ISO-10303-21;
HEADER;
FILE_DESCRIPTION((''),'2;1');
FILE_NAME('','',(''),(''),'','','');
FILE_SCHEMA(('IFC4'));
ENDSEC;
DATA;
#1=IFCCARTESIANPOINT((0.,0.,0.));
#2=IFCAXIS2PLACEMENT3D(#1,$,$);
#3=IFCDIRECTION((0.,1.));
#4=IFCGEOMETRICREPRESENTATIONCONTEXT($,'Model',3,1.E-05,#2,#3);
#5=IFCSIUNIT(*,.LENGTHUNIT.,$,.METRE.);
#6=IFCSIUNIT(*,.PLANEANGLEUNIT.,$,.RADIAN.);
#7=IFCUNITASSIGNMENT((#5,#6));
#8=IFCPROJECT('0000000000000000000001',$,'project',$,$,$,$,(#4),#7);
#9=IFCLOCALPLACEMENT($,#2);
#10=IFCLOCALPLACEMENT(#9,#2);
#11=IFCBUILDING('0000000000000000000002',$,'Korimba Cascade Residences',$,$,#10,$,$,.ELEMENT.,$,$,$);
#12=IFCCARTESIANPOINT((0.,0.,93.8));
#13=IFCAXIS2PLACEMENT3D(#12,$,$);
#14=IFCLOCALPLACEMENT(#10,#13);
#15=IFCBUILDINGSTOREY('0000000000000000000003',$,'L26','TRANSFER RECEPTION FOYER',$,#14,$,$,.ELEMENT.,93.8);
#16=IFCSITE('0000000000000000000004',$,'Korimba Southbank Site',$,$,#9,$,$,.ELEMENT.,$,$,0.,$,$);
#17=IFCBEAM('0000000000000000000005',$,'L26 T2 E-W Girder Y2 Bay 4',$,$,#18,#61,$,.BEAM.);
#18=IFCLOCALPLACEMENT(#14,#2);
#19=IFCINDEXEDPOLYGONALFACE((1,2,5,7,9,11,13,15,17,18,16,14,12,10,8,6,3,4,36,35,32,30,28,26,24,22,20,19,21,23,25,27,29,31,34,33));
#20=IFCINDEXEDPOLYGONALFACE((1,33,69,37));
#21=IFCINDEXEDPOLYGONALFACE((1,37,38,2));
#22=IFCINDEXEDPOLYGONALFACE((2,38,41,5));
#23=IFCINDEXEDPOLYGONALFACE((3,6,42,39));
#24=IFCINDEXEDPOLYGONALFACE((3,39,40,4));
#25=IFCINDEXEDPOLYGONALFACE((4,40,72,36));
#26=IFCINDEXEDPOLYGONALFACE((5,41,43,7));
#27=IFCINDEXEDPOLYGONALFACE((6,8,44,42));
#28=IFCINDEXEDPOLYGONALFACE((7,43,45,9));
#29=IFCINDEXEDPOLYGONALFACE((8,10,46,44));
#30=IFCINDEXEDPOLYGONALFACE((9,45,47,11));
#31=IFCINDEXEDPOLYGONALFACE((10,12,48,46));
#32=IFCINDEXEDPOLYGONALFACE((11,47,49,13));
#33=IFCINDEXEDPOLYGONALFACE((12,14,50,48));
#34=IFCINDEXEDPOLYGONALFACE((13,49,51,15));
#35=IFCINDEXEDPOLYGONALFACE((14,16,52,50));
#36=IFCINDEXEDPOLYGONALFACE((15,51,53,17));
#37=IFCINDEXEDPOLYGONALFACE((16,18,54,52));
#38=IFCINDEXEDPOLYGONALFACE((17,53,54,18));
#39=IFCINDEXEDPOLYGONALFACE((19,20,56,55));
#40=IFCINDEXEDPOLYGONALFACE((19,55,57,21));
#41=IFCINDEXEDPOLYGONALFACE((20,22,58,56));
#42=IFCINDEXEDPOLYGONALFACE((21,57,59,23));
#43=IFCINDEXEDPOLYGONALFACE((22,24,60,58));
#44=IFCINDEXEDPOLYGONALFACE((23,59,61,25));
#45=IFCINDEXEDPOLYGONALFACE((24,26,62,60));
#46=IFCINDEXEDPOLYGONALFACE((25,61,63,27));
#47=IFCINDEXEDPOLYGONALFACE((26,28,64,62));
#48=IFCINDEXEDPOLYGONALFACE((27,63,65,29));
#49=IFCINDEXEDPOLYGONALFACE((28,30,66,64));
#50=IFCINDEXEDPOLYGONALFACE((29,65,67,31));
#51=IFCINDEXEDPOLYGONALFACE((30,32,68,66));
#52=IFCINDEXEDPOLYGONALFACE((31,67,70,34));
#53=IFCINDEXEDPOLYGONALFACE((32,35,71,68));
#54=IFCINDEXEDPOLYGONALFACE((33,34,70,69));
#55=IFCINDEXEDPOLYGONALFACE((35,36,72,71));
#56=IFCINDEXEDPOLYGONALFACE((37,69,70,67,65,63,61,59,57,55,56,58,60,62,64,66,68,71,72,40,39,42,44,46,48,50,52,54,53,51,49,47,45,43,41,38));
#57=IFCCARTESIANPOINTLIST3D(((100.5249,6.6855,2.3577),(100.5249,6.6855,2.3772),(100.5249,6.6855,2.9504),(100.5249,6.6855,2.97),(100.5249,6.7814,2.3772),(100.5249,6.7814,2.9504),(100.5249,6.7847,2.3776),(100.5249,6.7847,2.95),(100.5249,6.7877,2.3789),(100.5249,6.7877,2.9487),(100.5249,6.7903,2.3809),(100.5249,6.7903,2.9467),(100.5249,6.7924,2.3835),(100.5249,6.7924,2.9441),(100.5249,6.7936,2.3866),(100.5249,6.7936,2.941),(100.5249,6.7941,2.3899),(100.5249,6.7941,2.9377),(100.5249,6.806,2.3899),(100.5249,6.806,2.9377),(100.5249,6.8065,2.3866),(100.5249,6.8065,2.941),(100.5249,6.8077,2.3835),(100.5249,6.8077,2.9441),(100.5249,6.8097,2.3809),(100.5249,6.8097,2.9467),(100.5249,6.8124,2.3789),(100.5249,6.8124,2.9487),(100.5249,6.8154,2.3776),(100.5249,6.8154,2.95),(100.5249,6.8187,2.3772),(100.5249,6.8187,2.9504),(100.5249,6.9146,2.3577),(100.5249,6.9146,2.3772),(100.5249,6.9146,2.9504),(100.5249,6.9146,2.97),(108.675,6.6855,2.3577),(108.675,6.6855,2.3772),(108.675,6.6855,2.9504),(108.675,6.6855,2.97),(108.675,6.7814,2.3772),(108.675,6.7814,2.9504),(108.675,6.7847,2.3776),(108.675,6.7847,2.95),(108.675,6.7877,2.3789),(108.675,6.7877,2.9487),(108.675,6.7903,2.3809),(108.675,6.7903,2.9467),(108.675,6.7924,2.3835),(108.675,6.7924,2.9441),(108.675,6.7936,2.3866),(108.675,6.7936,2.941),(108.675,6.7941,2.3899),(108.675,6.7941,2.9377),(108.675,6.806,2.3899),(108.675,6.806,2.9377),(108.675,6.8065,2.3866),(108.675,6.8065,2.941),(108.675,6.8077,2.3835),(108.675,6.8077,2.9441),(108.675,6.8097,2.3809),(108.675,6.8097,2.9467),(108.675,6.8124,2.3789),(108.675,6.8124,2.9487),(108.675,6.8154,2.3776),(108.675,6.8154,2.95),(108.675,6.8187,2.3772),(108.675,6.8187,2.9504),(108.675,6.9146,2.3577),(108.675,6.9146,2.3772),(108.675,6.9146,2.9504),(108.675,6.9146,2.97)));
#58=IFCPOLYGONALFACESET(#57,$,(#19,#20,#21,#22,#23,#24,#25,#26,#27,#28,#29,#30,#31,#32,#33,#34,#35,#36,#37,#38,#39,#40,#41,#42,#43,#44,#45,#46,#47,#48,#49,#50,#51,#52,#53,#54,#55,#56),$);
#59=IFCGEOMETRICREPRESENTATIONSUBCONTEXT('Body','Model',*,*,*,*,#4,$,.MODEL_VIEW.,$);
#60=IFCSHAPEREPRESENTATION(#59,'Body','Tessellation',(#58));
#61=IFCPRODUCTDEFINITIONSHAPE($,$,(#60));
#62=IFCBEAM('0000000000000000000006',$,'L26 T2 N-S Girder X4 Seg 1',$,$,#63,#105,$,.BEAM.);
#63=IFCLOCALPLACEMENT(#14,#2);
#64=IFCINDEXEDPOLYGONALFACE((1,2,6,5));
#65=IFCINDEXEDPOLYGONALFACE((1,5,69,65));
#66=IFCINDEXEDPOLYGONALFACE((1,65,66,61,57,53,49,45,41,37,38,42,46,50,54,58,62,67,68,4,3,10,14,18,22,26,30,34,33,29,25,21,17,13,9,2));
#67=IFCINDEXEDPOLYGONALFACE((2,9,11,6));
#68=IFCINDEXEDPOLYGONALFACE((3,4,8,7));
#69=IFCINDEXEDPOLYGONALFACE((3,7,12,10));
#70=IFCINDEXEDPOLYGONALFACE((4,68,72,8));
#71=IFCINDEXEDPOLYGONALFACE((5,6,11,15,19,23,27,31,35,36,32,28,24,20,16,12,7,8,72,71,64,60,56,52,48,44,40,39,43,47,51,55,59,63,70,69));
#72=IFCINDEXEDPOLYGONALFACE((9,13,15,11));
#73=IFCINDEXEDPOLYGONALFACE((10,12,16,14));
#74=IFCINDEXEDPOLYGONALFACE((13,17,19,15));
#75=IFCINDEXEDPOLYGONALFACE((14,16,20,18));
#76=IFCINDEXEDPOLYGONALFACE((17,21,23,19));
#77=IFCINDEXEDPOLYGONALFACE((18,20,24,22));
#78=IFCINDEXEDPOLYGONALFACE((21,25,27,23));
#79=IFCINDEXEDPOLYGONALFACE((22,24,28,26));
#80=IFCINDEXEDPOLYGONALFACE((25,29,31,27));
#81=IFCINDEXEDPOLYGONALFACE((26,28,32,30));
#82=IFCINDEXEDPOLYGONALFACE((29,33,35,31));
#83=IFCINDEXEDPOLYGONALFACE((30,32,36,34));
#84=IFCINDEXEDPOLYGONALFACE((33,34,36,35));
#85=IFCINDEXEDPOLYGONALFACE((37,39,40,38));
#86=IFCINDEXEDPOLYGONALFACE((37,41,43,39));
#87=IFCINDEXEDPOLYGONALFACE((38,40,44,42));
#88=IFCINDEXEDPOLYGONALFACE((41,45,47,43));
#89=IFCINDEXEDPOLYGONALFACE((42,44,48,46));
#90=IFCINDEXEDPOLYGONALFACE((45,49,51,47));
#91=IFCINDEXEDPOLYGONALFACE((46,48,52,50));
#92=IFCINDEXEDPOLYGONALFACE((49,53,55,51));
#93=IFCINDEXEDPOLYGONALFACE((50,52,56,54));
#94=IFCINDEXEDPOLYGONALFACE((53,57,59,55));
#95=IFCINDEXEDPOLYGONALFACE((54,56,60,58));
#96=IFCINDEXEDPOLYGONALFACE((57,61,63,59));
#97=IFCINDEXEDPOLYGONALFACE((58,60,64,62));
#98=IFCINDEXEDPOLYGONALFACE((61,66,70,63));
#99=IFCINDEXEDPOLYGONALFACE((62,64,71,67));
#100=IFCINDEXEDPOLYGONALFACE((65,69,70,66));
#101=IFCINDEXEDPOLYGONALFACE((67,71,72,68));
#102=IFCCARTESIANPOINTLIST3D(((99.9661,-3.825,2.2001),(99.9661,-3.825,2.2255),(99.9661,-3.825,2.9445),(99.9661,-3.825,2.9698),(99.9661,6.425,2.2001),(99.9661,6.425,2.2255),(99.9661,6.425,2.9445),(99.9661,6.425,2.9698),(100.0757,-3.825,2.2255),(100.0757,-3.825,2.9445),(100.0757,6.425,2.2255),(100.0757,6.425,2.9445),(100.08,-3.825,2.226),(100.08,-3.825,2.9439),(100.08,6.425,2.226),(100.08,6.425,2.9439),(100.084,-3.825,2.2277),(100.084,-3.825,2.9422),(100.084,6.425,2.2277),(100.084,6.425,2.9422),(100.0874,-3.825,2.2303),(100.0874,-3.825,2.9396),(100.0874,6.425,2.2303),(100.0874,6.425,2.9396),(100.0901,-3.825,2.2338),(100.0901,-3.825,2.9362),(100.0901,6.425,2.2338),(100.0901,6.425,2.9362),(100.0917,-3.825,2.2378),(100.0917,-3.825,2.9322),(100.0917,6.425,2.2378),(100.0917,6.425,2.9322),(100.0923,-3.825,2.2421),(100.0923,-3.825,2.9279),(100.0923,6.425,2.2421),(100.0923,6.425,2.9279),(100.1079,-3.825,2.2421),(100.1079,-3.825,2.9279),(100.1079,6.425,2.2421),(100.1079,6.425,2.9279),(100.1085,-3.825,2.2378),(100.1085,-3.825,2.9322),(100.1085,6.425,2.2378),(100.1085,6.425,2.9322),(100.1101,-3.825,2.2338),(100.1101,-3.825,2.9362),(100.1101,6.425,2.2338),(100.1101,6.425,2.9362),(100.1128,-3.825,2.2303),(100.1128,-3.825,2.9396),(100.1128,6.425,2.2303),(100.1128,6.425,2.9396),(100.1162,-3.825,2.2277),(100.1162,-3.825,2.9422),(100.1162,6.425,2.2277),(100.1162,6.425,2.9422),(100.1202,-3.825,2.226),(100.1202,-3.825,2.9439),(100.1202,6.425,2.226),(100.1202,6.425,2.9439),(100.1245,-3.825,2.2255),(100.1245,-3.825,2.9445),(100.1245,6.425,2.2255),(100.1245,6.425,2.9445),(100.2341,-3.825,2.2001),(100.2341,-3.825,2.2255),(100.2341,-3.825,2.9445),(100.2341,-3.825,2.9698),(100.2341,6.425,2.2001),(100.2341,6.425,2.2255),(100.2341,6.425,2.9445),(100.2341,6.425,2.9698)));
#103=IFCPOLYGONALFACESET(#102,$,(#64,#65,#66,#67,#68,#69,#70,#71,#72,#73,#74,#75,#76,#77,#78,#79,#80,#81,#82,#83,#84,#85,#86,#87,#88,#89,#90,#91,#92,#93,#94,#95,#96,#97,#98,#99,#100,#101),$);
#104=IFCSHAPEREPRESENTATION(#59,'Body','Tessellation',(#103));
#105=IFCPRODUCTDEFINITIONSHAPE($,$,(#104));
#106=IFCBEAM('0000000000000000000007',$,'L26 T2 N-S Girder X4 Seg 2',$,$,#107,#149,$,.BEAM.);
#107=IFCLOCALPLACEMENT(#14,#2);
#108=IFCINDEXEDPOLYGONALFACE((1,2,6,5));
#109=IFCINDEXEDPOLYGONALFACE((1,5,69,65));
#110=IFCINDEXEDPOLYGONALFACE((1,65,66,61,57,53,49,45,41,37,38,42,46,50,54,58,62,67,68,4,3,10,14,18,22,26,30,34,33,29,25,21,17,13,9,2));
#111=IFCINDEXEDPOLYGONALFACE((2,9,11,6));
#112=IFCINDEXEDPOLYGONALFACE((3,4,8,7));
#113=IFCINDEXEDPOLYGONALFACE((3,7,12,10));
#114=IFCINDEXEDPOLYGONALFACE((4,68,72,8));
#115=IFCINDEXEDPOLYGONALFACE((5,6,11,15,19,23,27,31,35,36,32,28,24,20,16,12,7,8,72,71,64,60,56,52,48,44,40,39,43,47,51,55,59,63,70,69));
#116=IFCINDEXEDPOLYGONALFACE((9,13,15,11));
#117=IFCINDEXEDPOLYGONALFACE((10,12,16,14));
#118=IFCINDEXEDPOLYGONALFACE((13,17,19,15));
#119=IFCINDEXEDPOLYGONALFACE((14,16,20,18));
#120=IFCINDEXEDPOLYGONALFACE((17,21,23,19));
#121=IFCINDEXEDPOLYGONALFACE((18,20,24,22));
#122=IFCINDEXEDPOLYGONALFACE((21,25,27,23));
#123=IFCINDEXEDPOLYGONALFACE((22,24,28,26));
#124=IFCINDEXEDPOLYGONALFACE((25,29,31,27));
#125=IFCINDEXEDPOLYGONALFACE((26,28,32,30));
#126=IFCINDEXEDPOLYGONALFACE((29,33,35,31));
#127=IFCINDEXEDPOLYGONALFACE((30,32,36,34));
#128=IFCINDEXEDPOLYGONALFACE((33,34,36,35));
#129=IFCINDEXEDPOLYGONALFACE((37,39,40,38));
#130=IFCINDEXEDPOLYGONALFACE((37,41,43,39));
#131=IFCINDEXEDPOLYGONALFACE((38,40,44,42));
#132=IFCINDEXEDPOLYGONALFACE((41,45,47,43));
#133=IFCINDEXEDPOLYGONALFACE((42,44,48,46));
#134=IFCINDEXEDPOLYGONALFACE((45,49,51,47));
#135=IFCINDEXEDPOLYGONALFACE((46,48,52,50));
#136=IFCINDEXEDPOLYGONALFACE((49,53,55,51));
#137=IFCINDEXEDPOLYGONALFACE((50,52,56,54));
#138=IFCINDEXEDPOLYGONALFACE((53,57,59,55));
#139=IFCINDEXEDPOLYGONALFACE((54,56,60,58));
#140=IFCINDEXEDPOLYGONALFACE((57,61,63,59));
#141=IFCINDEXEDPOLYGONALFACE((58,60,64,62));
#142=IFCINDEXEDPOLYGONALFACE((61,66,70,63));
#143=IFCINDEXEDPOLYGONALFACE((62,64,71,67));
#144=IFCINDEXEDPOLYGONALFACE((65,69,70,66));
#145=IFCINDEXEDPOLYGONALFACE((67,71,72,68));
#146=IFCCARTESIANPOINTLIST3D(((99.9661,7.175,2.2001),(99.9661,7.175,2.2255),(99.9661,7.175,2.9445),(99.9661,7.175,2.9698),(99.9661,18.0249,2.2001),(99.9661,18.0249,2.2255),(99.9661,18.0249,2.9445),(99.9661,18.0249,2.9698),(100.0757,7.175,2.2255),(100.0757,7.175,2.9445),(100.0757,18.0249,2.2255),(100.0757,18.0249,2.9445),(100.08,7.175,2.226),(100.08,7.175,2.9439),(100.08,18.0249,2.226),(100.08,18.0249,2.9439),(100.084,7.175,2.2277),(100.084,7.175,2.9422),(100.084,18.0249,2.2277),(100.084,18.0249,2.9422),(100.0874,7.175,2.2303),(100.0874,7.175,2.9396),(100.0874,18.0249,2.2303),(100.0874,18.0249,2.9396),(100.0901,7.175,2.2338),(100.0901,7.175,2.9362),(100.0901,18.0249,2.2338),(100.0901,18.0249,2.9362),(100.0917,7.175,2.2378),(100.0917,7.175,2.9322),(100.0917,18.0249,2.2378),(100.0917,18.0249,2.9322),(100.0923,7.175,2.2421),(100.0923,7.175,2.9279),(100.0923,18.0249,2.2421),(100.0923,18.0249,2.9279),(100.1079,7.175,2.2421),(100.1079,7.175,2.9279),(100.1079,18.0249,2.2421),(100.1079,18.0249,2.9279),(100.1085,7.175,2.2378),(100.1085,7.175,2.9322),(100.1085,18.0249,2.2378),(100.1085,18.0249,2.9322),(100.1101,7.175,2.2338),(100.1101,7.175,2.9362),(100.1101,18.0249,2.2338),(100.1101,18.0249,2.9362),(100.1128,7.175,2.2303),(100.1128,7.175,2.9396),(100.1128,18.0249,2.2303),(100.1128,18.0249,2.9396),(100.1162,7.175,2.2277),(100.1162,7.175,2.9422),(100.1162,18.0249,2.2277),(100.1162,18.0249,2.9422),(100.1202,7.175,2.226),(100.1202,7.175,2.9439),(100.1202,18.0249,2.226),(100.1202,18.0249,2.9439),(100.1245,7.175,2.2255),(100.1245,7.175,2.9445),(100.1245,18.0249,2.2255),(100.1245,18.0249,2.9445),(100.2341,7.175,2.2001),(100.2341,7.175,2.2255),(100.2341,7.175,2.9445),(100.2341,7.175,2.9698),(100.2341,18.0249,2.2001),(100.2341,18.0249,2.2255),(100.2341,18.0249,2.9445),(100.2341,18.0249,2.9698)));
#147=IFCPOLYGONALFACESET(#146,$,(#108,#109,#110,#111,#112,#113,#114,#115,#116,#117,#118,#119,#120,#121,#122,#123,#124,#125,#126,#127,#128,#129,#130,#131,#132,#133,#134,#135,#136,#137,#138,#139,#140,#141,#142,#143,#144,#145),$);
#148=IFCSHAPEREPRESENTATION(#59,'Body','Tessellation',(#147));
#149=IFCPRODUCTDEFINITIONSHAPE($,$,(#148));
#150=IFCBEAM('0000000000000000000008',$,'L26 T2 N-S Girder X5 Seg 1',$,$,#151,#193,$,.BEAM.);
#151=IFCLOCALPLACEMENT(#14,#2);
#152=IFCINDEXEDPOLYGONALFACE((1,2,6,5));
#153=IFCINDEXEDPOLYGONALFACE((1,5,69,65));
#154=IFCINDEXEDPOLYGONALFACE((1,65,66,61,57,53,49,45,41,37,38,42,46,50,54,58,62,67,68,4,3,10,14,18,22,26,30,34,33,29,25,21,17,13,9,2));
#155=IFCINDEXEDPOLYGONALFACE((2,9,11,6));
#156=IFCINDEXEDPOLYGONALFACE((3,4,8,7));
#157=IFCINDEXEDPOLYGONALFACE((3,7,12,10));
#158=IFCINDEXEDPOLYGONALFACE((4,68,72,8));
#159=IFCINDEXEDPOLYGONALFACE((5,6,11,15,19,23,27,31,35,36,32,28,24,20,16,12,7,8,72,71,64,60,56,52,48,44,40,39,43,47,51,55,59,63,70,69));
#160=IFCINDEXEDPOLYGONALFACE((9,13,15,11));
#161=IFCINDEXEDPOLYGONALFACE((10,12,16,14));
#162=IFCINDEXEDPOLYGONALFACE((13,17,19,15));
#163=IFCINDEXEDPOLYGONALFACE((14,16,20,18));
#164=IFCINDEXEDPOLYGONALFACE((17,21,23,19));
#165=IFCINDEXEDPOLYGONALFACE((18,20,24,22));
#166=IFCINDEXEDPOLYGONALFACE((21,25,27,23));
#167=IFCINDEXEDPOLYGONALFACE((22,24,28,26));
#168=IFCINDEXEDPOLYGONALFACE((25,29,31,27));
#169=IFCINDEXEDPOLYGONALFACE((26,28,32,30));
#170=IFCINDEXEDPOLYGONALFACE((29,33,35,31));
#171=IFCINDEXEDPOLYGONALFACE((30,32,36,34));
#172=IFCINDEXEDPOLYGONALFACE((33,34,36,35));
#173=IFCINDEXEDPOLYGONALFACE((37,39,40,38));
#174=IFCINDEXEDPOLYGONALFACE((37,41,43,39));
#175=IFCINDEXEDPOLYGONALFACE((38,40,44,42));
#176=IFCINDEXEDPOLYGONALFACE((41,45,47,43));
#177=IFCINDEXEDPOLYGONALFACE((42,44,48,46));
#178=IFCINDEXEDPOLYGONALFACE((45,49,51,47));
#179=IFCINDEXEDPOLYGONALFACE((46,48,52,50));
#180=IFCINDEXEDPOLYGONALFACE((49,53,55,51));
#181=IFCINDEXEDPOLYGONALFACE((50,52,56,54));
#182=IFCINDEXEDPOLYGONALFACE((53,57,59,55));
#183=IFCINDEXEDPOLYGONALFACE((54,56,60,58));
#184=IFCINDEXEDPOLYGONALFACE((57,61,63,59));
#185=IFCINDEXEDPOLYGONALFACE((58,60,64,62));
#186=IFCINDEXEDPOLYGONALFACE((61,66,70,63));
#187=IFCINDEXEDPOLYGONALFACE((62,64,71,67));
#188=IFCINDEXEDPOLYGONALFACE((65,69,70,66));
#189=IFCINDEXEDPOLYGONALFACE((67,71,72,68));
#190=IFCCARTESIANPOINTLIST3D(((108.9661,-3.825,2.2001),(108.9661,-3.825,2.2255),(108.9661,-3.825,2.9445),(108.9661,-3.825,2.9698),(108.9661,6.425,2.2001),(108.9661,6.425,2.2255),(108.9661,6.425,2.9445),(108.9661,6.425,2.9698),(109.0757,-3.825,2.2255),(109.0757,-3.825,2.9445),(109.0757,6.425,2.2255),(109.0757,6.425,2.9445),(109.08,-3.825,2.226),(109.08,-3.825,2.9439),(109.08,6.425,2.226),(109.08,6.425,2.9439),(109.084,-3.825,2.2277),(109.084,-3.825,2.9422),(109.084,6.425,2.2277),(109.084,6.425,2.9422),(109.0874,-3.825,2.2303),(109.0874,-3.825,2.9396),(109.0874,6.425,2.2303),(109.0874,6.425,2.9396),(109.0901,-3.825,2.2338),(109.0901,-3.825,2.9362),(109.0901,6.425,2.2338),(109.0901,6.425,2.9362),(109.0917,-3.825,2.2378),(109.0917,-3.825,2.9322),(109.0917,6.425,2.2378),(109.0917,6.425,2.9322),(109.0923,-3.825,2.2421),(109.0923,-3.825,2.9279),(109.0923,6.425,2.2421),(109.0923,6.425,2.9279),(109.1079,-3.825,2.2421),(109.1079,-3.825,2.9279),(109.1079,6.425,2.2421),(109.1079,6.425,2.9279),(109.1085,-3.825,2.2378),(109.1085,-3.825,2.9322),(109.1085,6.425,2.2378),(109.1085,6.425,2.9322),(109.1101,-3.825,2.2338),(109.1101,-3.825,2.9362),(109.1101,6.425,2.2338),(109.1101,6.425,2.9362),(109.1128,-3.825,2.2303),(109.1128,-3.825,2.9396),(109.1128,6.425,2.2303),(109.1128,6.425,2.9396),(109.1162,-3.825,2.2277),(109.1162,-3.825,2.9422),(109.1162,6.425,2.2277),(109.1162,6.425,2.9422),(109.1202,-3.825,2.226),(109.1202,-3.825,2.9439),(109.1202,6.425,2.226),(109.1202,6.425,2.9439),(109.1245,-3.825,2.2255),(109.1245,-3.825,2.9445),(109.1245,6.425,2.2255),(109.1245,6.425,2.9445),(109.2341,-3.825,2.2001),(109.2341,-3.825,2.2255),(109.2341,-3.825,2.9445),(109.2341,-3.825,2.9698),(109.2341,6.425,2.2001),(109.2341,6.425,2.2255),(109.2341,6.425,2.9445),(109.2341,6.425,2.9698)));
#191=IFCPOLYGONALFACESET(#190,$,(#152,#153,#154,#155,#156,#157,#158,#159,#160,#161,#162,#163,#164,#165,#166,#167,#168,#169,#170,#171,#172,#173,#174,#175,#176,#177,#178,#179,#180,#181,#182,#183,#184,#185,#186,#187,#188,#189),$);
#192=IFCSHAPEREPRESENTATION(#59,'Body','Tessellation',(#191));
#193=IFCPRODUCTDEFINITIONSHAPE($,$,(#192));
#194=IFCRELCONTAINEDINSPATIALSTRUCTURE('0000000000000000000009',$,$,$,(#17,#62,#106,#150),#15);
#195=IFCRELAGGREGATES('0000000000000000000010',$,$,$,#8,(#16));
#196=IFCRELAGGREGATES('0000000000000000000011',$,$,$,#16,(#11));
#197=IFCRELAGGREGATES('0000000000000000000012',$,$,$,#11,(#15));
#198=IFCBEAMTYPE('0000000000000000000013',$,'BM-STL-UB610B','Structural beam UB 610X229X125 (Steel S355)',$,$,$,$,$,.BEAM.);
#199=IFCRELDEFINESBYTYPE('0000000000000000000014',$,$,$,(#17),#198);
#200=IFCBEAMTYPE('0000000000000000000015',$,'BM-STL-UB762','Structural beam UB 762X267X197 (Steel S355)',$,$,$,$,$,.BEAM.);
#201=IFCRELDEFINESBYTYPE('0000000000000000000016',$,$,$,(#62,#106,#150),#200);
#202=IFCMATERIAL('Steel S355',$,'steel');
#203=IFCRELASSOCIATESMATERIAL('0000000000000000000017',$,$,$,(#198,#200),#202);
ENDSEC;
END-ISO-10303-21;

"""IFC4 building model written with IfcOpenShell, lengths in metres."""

from ifc_helpers import new_model, si_unit, direction, frame, origin, origin_2d, place, context, subcontext, project, spatial, i_section, extrude, material, material_profile, profile_set, type_object, element, save


model = new_model("IFC4")

# Units and contexts
model_context = context("Model", 3, precision=1e-05, world=origin(), true_north=direction((0.0, 1.0)))
body_context = subcontext(model_context, "Body", "Model", "MODEL_VIEW")
ifc_project = project(units=[si_unit("LENGTHUNIT", "METRE"), si_unit("PLANEANGLEUNIT", "RADIAN")], contexts=[model_context])

# Site, building, storey
site_placement = place(None, origin())
site = spatial("IfcSite", under=ifc_project, at=site_placement, Name="Korimba Southbank Site", CompositionType="ELEMENT", RefElevation=0.0)
building_placement = place(site_placement, origin())
building = spatial("IfcBuilding", under=site, at=building_placement, Name="Korimba Cascade Residences", CompositionType="ELEMENT")
storey_placement = place(building_placement, frame((0.0, 0.0, 93.8)))
storey = spatial("IfcBuildingStorey", under=building, at=storey_placement, Name="L26", Description="TRANSFER RECEPTION FOYER", CompositionType="ELEMENT", Elevation=93.8)

# Beams
ifc_material_1 = material(Name="Steel S355", Category="steel")
ifc_material_profile_1 = material_profile(ifc_material_1, i_section(OverallWidth=0.229, OverallDepth=0.6123, WebThickness=0.012, FlangeThickness=0.0195, FilletRadius=0.0127, at=origin_2d()), Name="Steel S355")
ifc_profile_set_1 = profile_set([ifc_material_profile_1], Name="Steel S355")
beam_type_1 = type_object("IfcBeamType", Name="BM-STL-UB610B", Description="Structural beam UB 610X229X125 (Steel S355)", PredefinedType="BEAM", material=ifc_profile_set_1)
beam_1_placement = place(storey_placement, frame((100.5249, 6.8, 2.6638), z_axis=(1.0, 0.0, 0.0), x_axis=(0.0, 1.0, 0.0)))
element("IfcBeam", 1, at=beam_1_placement, inside=storey, type_object=beam_type_1, Name="L26 T2 E-W Girder Y2 Bay 4", PredefinedType="BEAM", context=body_context, shape_type="SweptSolid", body=[
    extrude(i_section(OverallWidth=0.229, OverallDepth=0.6123, WebThickness=0.012, FlangeThickness=0.0195, FilletRadius=0.0127, at=origin_2d()), origin(), (0.0, 0.0, 1.0), 8.1501),
])
ifc_material_profile_2 = material_profile(ifc_material_1, i_section(OverallWidth=0.2681, OverallDepth=0.7698, WebThickness=0.0156, FlangeThickness=0.0254, FilletRadius=0.0166, at=origin_2d()), Name="Steel S355")
ifc_profile_set_2 = profile_set([ifc_material_profile_2], Name="Steel S355")
beam_type_2 = type_object("IfcBeamType", Name="BM-STL-UB762", Description="Structural beam UB 762X267X197 (Steel S355)", PredefinedType="BEAM", material=ifc_profile_set_2)
beam_2_placement = place(storey_placement, frame((100.1001, -3.825, 2.585), z_axis=(0.0, 1.0, 0.0), x_axis=(-1.0, 0.0, 0.0)))
element("IfcBeam", 2, at=beam_2_placement, inside=storey, type_object=beam_type_2, Name="L26 T2 N-S Girder X4 Seg 1", PredefinedType="BEAM", context=body_context, shape_type="SweptSolid", body=[
    extrude(i_section(OverallWidth=0.2681, OverallDepth=0.7698, WebThickness=0.0156, FlangeThickness=0.0254, FilletRadius=0.0166, at=origin_2d()), origin(), (0.0, 0.0, 1.0), 10.25),
])
beam_3_placement = place(storey_placement, frame((100.1001, 7.175, 2.585), z_axis=(0.0, 1.0, 0.0), x_axis=(-1.0, 0.0, 0.0)))
element("IfcBeam", 3, at=beam_3_placement, inside=storey, type_object=beam_type_2, Name="L26 T2 N-S Girder X4 Seg 2", PredefinedType="BEAM", context=body_context, shape_type="SweptSolid", body=[
    extrude(i_section(OverallWidth=0.2681, OverallDepth=0.7698, WebThickness=0.0156, FlangeThickness=0.0254, FilletRadius=0.0166, at=origin_2d()), origin(), (0.0, 0.0, 1.0), 10.8499),
])
beam_4_placement = place(storey_placement, frame((109.1001, -3.825, 2.585), z_axis=(0.0, 1.0, 0.0), x_axis=(-1.0, 0.0, 0.0)))
element("IfcBeam", 4, at=beam_4_placement, inside=storey, type_object=beam_type_2, Name="L26 T2 N-S Girder X5 Seg 1", PredefinedType="BEAM", context=body_context, shape_type="SweptSolid", body=[
    extrude(i_section(OverallWidth=0.2681, OverallDepth=0.7698, WebThickness=0.0156, FlangeThickness=0.0254, FilletRadius=0.0166, at=origin_2d()), origin(), (0.0, 0.0, 1.0), 10.25),
])

save(model, "model.ifc")
